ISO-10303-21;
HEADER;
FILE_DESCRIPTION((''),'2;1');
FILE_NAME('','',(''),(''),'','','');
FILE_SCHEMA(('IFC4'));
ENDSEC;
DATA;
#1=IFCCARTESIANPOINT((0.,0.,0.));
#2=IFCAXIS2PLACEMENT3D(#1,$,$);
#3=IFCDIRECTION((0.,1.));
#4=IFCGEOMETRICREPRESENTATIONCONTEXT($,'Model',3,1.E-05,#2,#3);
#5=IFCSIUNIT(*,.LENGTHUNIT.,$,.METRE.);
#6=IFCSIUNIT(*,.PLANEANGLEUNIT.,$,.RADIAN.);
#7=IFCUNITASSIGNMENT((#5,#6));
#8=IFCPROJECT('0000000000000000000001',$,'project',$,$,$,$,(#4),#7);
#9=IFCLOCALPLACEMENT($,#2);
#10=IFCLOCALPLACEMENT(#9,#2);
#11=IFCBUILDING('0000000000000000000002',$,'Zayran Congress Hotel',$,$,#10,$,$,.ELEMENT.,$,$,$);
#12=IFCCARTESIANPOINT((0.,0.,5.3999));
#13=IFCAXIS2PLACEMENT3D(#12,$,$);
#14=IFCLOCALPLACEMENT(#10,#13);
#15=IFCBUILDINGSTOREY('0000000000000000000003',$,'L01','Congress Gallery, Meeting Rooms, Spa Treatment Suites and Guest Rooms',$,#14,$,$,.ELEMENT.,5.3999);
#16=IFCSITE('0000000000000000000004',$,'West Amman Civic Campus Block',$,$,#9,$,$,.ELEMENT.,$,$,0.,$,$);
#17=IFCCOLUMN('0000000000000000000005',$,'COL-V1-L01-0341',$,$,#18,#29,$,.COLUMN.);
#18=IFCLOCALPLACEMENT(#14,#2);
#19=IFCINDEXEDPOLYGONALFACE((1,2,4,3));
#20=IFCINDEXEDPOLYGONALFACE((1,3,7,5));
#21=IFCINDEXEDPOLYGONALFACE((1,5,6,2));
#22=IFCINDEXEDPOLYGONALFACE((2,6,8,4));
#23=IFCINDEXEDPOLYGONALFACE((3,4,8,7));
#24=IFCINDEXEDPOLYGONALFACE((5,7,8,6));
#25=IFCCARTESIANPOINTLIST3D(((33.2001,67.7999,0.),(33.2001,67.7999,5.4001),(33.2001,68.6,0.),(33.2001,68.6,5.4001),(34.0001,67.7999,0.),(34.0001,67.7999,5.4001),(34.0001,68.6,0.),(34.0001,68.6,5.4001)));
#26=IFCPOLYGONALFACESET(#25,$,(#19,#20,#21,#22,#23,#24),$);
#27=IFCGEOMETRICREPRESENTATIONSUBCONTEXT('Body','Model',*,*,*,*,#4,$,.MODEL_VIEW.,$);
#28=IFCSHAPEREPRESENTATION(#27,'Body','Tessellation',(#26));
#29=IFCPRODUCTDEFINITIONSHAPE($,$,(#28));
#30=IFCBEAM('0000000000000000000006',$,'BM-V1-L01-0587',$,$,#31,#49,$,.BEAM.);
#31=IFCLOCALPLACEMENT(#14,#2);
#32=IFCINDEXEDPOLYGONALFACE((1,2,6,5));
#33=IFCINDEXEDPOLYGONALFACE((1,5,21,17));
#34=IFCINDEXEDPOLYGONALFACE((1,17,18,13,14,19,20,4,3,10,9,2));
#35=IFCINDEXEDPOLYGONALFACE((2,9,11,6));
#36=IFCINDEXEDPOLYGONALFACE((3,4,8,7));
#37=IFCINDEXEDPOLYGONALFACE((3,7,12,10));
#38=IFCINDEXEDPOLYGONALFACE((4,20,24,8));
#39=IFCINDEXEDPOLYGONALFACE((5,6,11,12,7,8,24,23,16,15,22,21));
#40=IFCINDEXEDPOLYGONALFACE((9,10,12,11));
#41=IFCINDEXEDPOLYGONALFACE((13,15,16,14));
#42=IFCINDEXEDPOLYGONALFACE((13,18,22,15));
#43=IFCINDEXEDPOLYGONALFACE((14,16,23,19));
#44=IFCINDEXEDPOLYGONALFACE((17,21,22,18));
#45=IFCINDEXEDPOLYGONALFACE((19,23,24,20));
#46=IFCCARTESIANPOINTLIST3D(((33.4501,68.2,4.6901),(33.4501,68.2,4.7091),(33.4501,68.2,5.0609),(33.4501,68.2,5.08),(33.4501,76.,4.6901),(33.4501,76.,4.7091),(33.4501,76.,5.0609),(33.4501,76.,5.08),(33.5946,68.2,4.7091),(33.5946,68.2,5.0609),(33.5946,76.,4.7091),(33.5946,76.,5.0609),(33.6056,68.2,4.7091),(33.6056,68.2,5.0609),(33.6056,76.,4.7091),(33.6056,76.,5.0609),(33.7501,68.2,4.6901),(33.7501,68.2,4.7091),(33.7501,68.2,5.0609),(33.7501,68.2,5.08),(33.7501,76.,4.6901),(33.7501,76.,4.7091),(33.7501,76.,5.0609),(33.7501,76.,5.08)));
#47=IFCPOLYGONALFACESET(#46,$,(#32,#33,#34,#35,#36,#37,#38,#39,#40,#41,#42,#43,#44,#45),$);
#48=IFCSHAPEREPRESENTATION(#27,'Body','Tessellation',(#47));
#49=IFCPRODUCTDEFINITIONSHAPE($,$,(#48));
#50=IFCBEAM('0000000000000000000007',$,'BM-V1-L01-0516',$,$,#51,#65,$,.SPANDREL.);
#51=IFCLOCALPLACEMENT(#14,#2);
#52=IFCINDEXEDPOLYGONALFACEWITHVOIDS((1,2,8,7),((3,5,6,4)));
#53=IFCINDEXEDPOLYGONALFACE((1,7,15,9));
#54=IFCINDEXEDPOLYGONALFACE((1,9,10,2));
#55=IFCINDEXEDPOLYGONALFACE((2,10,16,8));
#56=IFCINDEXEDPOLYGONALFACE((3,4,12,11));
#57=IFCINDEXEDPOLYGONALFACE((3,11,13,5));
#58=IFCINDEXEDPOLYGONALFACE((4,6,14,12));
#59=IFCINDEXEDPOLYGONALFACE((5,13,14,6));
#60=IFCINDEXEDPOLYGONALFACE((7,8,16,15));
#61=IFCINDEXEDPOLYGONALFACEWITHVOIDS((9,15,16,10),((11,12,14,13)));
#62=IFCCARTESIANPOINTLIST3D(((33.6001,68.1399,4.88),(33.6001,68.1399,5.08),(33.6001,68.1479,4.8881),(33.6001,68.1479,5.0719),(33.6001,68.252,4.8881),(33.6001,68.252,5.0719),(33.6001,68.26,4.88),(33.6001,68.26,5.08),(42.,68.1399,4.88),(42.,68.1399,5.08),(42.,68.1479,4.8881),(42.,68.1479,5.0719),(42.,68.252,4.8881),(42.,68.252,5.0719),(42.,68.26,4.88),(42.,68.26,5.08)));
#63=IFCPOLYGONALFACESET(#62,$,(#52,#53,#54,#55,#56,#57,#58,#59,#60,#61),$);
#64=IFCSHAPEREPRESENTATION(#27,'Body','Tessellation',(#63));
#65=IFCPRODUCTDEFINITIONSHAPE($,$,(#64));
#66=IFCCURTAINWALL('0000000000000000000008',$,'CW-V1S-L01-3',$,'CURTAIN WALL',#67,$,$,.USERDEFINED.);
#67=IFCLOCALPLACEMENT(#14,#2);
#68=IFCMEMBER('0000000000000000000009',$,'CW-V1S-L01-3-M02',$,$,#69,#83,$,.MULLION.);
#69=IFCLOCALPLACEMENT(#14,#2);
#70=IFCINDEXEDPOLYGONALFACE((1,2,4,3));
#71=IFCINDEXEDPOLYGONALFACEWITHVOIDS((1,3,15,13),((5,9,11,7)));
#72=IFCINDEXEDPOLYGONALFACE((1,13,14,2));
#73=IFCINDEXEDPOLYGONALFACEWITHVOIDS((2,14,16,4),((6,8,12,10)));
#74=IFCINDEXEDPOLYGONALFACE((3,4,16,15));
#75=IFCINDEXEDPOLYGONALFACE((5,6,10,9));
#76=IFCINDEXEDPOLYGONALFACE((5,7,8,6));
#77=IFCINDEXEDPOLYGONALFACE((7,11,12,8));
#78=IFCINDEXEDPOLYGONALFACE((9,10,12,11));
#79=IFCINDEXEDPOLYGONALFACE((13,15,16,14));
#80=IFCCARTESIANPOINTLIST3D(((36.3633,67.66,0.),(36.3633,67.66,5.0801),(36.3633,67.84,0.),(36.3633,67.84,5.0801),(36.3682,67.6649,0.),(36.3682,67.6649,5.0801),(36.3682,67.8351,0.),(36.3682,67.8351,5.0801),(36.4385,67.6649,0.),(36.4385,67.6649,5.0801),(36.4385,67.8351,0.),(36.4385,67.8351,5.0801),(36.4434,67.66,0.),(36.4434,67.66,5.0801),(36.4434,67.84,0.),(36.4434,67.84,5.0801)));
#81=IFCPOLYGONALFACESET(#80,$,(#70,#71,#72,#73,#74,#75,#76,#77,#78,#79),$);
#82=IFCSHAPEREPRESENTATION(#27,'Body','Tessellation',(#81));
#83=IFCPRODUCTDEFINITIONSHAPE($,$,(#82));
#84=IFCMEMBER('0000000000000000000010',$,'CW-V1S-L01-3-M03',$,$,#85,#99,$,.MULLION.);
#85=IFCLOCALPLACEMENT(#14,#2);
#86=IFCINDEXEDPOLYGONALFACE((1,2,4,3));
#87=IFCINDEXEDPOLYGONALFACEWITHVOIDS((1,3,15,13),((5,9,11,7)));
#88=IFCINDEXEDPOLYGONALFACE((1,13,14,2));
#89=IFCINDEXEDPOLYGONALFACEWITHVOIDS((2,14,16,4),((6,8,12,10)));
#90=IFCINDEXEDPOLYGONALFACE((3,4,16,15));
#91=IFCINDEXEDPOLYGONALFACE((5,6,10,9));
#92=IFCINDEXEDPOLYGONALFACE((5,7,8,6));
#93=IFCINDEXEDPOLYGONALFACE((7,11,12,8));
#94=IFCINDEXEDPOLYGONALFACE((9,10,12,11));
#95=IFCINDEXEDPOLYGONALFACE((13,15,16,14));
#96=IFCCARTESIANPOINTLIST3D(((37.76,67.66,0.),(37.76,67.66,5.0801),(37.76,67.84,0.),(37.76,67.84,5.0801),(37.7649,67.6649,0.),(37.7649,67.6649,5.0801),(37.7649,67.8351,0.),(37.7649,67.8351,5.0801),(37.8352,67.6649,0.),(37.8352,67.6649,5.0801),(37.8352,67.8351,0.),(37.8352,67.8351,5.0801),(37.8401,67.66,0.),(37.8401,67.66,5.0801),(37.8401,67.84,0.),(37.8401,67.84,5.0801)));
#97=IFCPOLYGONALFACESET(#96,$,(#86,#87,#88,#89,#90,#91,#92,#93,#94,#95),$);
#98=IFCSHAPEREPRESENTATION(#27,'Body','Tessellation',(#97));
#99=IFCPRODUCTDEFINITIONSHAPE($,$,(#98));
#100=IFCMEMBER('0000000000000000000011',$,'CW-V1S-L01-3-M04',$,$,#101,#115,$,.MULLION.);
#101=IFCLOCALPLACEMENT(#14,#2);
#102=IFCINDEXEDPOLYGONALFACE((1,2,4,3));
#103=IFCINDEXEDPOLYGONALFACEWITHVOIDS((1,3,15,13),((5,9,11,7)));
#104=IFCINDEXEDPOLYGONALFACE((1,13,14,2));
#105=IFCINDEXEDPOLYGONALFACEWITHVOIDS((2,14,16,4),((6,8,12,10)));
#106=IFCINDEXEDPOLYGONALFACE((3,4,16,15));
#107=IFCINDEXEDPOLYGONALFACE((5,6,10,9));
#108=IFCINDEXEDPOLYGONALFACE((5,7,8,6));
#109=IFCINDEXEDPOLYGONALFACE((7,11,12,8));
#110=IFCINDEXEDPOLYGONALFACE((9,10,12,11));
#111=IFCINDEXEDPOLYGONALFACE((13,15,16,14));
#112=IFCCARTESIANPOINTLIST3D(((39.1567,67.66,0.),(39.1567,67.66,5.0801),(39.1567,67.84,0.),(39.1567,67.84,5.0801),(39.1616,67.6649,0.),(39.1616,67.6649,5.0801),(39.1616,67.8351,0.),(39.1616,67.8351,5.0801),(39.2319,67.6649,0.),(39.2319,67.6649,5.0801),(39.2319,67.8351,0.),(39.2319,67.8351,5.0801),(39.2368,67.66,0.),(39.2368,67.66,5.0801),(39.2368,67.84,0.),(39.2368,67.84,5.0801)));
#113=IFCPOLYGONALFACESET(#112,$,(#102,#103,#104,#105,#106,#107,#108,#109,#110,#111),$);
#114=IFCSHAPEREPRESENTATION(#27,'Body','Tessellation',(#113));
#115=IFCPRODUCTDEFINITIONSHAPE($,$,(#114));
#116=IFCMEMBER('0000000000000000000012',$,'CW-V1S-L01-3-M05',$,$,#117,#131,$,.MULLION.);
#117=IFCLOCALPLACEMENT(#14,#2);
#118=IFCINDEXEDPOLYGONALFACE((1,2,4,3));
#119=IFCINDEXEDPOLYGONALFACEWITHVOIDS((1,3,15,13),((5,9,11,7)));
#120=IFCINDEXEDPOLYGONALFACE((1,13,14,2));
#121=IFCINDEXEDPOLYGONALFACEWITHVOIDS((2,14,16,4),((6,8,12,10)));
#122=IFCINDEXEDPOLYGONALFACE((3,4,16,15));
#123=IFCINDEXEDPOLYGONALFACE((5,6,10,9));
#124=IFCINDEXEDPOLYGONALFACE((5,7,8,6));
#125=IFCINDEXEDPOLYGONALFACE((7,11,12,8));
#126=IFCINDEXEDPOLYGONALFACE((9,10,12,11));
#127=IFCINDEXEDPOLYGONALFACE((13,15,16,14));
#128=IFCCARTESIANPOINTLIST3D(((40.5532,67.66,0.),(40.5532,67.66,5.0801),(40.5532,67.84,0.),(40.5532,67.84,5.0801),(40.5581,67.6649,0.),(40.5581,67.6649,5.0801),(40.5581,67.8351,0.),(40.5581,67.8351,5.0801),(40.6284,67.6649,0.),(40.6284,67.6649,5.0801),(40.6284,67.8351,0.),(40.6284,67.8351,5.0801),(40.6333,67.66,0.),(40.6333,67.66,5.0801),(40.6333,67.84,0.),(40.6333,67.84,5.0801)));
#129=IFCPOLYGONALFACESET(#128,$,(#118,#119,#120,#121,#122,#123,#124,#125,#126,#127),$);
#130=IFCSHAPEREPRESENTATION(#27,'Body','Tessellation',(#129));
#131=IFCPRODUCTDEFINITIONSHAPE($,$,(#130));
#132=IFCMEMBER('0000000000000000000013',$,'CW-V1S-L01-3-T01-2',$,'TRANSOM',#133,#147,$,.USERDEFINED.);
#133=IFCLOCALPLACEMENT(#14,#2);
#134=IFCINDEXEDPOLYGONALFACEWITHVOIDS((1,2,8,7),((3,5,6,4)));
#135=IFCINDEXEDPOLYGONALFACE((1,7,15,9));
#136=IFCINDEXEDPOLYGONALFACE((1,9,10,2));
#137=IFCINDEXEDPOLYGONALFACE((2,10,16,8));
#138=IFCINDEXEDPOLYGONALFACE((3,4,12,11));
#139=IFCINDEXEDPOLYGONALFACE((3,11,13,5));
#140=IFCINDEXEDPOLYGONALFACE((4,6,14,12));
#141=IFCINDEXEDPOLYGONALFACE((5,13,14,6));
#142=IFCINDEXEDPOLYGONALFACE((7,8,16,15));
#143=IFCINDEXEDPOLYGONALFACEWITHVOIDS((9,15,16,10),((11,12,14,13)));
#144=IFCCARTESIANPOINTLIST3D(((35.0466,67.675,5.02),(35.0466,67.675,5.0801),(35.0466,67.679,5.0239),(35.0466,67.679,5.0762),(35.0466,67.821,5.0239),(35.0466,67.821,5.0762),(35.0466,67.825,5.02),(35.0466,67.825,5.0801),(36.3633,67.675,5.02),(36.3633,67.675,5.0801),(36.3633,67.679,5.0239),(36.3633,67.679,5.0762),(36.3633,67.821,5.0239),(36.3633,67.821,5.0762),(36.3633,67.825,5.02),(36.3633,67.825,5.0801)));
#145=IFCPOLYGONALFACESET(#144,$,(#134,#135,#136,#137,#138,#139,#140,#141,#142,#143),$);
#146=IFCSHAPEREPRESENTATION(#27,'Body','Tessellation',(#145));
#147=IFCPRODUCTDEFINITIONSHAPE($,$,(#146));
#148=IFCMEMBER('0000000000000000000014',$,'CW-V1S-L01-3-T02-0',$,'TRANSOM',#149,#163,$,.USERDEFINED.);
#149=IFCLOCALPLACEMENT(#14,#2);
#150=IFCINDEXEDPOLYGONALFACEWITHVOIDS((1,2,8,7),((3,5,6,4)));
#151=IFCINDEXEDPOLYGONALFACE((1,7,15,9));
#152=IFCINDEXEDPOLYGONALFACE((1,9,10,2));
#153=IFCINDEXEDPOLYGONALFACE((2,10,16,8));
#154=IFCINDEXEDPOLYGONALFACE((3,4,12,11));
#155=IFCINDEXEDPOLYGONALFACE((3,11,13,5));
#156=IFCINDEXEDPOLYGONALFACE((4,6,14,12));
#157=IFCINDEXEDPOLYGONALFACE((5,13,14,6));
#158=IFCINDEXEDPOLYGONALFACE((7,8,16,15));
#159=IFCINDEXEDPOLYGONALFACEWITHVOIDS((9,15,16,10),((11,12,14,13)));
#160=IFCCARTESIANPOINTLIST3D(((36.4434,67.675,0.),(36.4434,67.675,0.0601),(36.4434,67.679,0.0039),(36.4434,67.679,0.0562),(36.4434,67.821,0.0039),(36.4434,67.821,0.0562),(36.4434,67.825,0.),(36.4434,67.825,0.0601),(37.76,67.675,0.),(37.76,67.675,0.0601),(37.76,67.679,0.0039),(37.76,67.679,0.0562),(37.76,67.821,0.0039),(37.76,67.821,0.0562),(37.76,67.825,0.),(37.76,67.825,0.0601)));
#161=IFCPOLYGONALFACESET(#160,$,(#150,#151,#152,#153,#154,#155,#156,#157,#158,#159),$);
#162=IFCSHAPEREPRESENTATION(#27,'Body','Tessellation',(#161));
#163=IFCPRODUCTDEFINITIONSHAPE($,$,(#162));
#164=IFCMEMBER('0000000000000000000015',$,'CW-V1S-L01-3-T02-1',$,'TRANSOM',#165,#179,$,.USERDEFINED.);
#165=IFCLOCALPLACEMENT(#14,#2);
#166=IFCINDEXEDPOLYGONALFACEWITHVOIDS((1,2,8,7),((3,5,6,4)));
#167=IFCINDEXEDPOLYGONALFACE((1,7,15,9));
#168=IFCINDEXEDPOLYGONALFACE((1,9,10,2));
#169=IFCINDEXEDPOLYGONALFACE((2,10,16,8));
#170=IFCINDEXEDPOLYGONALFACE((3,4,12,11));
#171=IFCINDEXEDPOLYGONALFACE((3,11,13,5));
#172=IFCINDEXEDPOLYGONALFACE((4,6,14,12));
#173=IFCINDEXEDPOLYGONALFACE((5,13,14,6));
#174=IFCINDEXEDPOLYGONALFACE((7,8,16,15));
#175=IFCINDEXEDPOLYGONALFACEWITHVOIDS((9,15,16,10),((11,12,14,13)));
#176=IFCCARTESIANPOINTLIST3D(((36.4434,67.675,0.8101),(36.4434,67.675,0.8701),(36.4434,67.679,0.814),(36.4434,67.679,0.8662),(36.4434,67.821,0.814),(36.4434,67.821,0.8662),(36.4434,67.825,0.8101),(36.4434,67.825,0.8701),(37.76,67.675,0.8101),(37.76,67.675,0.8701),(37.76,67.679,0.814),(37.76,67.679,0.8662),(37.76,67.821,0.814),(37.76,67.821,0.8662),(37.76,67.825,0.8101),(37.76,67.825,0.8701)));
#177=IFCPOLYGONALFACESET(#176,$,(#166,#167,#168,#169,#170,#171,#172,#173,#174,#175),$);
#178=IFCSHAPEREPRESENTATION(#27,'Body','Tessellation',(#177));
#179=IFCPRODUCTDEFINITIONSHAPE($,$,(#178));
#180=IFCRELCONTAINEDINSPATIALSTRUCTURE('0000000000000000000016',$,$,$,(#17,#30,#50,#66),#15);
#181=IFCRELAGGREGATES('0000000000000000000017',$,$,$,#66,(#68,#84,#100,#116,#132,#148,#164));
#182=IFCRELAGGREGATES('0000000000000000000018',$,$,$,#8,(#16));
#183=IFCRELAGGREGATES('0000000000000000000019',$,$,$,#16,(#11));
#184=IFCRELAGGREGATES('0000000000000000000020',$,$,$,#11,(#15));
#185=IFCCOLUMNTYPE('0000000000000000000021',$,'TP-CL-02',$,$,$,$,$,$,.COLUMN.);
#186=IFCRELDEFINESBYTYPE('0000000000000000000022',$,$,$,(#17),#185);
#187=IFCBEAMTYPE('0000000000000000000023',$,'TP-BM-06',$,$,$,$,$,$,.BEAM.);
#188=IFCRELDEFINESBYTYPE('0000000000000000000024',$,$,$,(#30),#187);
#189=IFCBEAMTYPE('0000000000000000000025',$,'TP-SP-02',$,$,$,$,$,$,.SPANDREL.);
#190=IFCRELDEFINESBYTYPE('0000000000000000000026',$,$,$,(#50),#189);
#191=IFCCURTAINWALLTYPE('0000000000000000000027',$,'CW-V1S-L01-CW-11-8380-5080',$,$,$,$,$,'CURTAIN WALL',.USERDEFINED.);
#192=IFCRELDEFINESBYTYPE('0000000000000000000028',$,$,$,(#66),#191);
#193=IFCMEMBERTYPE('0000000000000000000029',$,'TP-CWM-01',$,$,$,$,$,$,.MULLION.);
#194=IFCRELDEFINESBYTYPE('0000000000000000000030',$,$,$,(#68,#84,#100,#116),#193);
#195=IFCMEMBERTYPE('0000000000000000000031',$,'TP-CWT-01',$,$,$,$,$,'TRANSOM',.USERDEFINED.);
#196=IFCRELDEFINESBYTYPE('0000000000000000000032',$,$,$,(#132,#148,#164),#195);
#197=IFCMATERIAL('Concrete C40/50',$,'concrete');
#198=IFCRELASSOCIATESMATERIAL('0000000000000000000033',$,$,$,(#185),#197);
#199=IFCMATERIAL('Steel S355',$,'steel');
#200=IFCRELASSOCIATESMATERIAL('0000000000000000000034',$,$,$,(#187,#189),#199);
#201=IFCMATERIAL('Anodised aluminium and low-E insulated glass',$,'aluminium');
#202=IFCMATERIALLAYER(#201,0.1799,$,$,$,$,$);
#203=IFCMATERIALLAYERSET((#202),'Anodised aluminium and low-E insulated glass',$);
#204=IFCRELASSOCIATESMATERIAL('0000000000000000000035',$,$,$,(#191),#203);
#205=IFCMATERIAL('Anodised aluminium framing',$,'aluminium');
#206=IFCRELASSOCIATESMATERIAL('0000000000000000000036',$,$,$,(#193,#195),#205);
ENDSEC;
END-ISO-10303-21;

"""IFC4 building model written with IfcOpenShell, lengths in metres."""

from ifc_helpers import new_model, si_unit, direction, frame, origin, origin_2d, place, context, subcontext, project, spatial, rectangle, hollow_rectangle, i_section, extrude, material, layer, layer_set, material_profile, profile_set, type_object, element, aggregate, save


model = new_model("IFC4")

# Units and contexts
model_context = context("Model", 3, precision=1e-05, world=origin(), true_north=direction((0.0, 1.0)))
body_context = subcontext(model_context, "Body", "Model", "MODEL_VIEW")
ifc_project = project(units=[si_unit("LENGTHUNIT", "METRE"), si_unit("PLANEANGLEUNIT", "RADIAN")], contexts=[model_context])

# Site, building, storey
site_placement = place(None, origin())
site = spatial("IfcSite", under=ifc_project, at=site_placement, Name="West Amman Civic Campus Block", CompositionType="ELEMENT", RefElevation=0.0)
building_placement = place(site_placement, origin())
building = spatial("IfcBuilding", under=site, at=building_placement, Name="Zayran Congress Hotel", CompositionType="ELEMENT")
storey_placement = place(building_placement, frame((0.0, 0.0, 5.3999)))
storey = spatial("IfcBuildingStorey", under=building, at=storey_placement, Name="L01", Description="Congress Gallery, Meeting Rooms, Spa Treatment Suites and Guest Rooms", CompositionType="ELEMENT", Elevation=5.3999)

# Column
ifc_material_1 = material(Name="Concrete C40/50", Category="concrete")
ifc_material_profile_1 = material_profile(ifc_material_1, rectangle(XDim=0.8, YDim=0.8, at=origin_2d()), Name="RC 800x800")
ifc_profile_set_1 = profile_set([ifc_material_profile_1], Name="Concrete C40/50")
column_type = type_object("IfcColumnType", Name="TP-CL-02", PredefinedType="COLUMN", material=ifc_profile_set_1)
column_placement = place(storey_placement, frame((33.6001, 68.2, 0.0), z_axis=(0.0, 0.0, 1.0), x_axis=(1.0, 0.0, 0.0)))
element("IfcColumn", 1, at=column_placement, inside=storey, type_object=column_type, Name="COL-V1-L01-0341", PredefinedType="COLUMN", context=body_context, shape_type="SweptSolid", body=[
    extrude(rectangle(XDim=0.8, YDim=0.8, at=origin_2d()), origin(), (0.0, 0.0, 1.0), 5.4001),
])

# Beams
ifc_material_2 = material(Name="Steel S355", Category="steel")
ifc_material_profile_2 = material_profile(ifc_material_2, i_section(OverallWidth=0.3, OverallDepth=0.3899, WebThickness=0.011, FlangeThickness=0.019, at=origin_2d()), Name="HEA 400")
ifc_profile_set_2 = profile_set([ifc_material_profile_2], Name="Steel S355")
beam_type_1 = type_object("IfcBeamType", Name="TP-BM-06", PredefinedType="BEAM", material=ifc_profile_set_2)
beam_1_placement = place(storey_placement, frame((33.6001, 68.2, 4.885), z_axis=(0.0, 1.0, 0.0), x_axis=(-1.0, 0.0, 0.0)))
element("IfcBeam", 2, at=beam_1_placement, inside=storey, type_object=beam_type_1, Name="BM-V1-L01-0587", PredefinedType="BEAM", context=body_context, shape_type="SweptSolid", body=[
    extrude(i_section(OverallWidth=0.3, OverallDepth=0.3899, WebThickness=0.011, FlangeThickness=0.019, at=origin_2d()), origin(), (0.0, 0.0, 1.0), 7.8),
])
ifc_material_profile_3 = material_profile(ifc_material_2, hollow_rectangle(XDim=0.1201, YDim=0.2, WallThickness=0.0081, at=origin_2d()), Name="RHS 200x120x8")
ifc_profile_set_3 = profile_set([ifc_material_profile_3], Name="Steel S355")
beam_type_2 = type_object("IfcBeamType", Name="TP-SP-02", PredefinedType="SPANDREL", material=ifc_profile_set_3)
beam_2_placement = place(storey_placement, frame((33.6001, 68.2, 4.98), z_axis=(1.0, 0.0, 0.0), x_axis=(0.0, 1.0, 0.0)))
element("IfcBeam", 3, at=beam_2_placement, inside=storey, type_object=beam_type_2, Name="BM-V1-L01-0516", PredefinedType="SPANDREL", context=body_context, shape_type="SweptSolid", body=[
    extrude(hollow_rectangle(XDim=0.1201, YDim=0.2, WallThickness=0.0081, at=origin_2d()), origin(), (0.0, 0.0, 1.0), 8.3999),
])

# Curtain wall, members
ifc_material_3 = material(Name="Anodised aluminium and low-E insulated glass", Category="aluminium")
ifc_layer_1 = layer(ifc_material_3, 0.1799)
ifc_layer_set_1 = layer_set([ifc_layer_1], Name="Anodised aluminium and low-E insulated glass")
curtain_wall_type = type_object("IfcCurtainWallType", Name="CW-V1S-L01-CW-11-8380-5080", ElementType="CURTAIN WALL", PredefinedType="USERDEFINED", material=ifc_layer_set_1)
curtain_wall_placement = place(storey_placement, origin())
curtain_wall = element("IfcCurtainWall", 4, at=curtain_wall_placement, inside=storey, type_object=curtain_wall_type, Name="CW-V1S-L01-3", ObjectType="CURTAIN WALL", PredefinedType="USERDEFINED")
ifc_material_4 = material(Name="Anodised aluminium framing", Category="aluminium")
ifc_material_profile_4 = material_profile(ifc_material_4, hollow_rectangle(XDim=0.0801, YDim=0.1799, WallThickness=0.0049, at=origin_2d()), Name="RHS 180x80x5")
ifc_profile_set_4 = profile_set([ifc_material_profile_4], Name="Anodised aluminium framing")
member_type_1 = type_object("IfcMemberType", Name="TP-CWM-01", PredefinedType="MULLION", material=ifc_profile_set_4)
member_1_placement = place(storey_placement, frame((36.4033, 67.75, 0.0), z_axis=(0.0, 0.0, 1.0), x_axis=(1.0, 0.0, 0.0)))
member_1 = element("IfcMember", 5, at=member_1_placement, type_object=member_type_1, Name="CW-V1S-L01-3-M02", PredefinedType="MULLION", context=body_context, shape_type="SweptSolid", body=[
    extrude(hollow_rectangle(XDim=0.0801, YDim=0.1799, WallThickness=0.0049, at=origin_2d()), origin(), (0.0, 0.0, 1.0), 5.0801),
])
member_2_placement = place(storey_placement, frame((37.8, 67.75, 0.0), z_axis=(0.0, 0.0, 1.0), x_axis=(1.0, 0.0, 0.0)))
member_2 = element("IfcMember", 6, at=member_2_placement, type_object=member_type_1, Name="CW-V1S-L01-3-M03", PredefinedType="MULLION", context=body_context, shape_type="SweptSolid", body=[
    extrude(hollow_rectangle(XDim=0.0801, YDim=0.1799, WallThickness=0.0049, at=origin_2d()), origin(), (0.0, 0.0, 1.0), 5.0801),
])
member_3_placement = place(storey_placement, frame((39.1968, 67.75, 0.0), z_axis=(0.0, 0.0, 1.0), x_axis=(1.0, 0.0, 0.0)))
member_3 = element("IfcMember", 7, at=member_3_placement, type_object=member_type_1, Name="CW-V1S-L01-3-M04", PredefinedType="MULLION", context=body_context, shape_type="SweptSolid", body=[
    extrude(hollow_rectangle(XDim=0.0801, YDim=0.1799, WallThickness=0.0049, at=origin_2d()), origin(), (0.0, 0.0, 1.0), 5.0801),
])
member_4_placement = place(storey_placement, frame((40.5933, 67.75, 0.0), z_axis=(0.0, 0.0, 1.0), x_axis=(1.0, 0.0, 0.0)))
member_4 = element("IfcMember", 8, at=member_4_placement, type_object=member_type_1, Name="CW-V1S-L01-3-M05", PredefinedType="MULLION", context=body_context, shape_type="SweptSolid", body=[
    extrude(hollow_rectangle(XDim=0.0801, YDim=0.1799, WallThickness=0.0049, at=origin_2d()), origin(), (0.0, 0.0, 1.0), 5.0801),
])
ifc_material_profile_5 = material_profile(ifc_material_4, hollow_rectangle(XDim=0.0601, YDim=0.1499, WallThickness=0.0039, at=origin_2d()), Name="RHS 150x60x4")
ifc_profile_set_5 = profile_set([ifc_material_profile_5], Name="Anodised aluminium framing")
member_type_2 = type_object("IfcMemberType", Name="TP-CWT-01", ElementType="TRANSOM", PredefinedType="USERDEFINED", material=ifc_profile_set_5)
member_5_placement = place(storey_placement, frame((35.0466, 67.75, 5.05), z_axis=(1.0, 0.0, 0.0), x_axis=(0.0, 0.0, 1.0)))
member_5 = element("IfcMember", 9, at=member_5_placement, type_object=member_type_2, Name="CW-V1S-L01-3-T01-2", ObjectType="TRANSOM", PredefinedType="USERDEFINED", context=body_context, shape_type="SweptSolid", body=[
    extrude(hollow_rectangle(XDim=0.0601, YDim=0.1499, WallThickness=0.0039, at=origin_2d()), origin(), (0.0, 0.0, 1.0), 1.3167),
])
member_6_placement = place(storey_placement, frame((36.4434, 67.75, 0.03), z_axis=(1.0, 0.0, 0.0), x_axis=(0.0, 0.0, 1.0)))
member_6 = element("IfcMember", 10, at=member_6_placement, type_object=member_type_2, Name="CW-V1S-L01-3-T02-0", ObjectType="TRANSOM", PredefinedType="USERDEFINED", context=body_context, shape_type="SweptSolid", body=[
    extrude(hollow_rectangle(XDim=0.0601, YDim=0.1499, WallThickness=0.0039, at=origin_2d()), origin(), (0.0, 0.0, 1.0), 1.3167),
])
member_7_placement = place(storey_placement, frame((36.4434, 67.75, 0.8401), z_axis=(1.0, 0.0, 0.0), x_axis=(0.0, 0.0, 1.0)))
member_7 = element("IfcMember", 11, at=member_7_placement, type_object=member_type_2, Name="CW-V1S-L01-3-T02-1", ObjectType="TRANSOM", PredefinedType="USERDEFINED", context=body_context, shape_type="SweptSolid", body=[
    extrude(hollow_rectangle(XDim=0.0601, YDim=0.1499, WallThickness=0.0039, at=origin_2d()), origin(), (0.0, 0.0, 1.0), 1.3167),
])
aggregate(curtain_wall, [member_1, member_2, member_3, member_4, member_5, member_6, member_7])

save(model, "model.ifc")
